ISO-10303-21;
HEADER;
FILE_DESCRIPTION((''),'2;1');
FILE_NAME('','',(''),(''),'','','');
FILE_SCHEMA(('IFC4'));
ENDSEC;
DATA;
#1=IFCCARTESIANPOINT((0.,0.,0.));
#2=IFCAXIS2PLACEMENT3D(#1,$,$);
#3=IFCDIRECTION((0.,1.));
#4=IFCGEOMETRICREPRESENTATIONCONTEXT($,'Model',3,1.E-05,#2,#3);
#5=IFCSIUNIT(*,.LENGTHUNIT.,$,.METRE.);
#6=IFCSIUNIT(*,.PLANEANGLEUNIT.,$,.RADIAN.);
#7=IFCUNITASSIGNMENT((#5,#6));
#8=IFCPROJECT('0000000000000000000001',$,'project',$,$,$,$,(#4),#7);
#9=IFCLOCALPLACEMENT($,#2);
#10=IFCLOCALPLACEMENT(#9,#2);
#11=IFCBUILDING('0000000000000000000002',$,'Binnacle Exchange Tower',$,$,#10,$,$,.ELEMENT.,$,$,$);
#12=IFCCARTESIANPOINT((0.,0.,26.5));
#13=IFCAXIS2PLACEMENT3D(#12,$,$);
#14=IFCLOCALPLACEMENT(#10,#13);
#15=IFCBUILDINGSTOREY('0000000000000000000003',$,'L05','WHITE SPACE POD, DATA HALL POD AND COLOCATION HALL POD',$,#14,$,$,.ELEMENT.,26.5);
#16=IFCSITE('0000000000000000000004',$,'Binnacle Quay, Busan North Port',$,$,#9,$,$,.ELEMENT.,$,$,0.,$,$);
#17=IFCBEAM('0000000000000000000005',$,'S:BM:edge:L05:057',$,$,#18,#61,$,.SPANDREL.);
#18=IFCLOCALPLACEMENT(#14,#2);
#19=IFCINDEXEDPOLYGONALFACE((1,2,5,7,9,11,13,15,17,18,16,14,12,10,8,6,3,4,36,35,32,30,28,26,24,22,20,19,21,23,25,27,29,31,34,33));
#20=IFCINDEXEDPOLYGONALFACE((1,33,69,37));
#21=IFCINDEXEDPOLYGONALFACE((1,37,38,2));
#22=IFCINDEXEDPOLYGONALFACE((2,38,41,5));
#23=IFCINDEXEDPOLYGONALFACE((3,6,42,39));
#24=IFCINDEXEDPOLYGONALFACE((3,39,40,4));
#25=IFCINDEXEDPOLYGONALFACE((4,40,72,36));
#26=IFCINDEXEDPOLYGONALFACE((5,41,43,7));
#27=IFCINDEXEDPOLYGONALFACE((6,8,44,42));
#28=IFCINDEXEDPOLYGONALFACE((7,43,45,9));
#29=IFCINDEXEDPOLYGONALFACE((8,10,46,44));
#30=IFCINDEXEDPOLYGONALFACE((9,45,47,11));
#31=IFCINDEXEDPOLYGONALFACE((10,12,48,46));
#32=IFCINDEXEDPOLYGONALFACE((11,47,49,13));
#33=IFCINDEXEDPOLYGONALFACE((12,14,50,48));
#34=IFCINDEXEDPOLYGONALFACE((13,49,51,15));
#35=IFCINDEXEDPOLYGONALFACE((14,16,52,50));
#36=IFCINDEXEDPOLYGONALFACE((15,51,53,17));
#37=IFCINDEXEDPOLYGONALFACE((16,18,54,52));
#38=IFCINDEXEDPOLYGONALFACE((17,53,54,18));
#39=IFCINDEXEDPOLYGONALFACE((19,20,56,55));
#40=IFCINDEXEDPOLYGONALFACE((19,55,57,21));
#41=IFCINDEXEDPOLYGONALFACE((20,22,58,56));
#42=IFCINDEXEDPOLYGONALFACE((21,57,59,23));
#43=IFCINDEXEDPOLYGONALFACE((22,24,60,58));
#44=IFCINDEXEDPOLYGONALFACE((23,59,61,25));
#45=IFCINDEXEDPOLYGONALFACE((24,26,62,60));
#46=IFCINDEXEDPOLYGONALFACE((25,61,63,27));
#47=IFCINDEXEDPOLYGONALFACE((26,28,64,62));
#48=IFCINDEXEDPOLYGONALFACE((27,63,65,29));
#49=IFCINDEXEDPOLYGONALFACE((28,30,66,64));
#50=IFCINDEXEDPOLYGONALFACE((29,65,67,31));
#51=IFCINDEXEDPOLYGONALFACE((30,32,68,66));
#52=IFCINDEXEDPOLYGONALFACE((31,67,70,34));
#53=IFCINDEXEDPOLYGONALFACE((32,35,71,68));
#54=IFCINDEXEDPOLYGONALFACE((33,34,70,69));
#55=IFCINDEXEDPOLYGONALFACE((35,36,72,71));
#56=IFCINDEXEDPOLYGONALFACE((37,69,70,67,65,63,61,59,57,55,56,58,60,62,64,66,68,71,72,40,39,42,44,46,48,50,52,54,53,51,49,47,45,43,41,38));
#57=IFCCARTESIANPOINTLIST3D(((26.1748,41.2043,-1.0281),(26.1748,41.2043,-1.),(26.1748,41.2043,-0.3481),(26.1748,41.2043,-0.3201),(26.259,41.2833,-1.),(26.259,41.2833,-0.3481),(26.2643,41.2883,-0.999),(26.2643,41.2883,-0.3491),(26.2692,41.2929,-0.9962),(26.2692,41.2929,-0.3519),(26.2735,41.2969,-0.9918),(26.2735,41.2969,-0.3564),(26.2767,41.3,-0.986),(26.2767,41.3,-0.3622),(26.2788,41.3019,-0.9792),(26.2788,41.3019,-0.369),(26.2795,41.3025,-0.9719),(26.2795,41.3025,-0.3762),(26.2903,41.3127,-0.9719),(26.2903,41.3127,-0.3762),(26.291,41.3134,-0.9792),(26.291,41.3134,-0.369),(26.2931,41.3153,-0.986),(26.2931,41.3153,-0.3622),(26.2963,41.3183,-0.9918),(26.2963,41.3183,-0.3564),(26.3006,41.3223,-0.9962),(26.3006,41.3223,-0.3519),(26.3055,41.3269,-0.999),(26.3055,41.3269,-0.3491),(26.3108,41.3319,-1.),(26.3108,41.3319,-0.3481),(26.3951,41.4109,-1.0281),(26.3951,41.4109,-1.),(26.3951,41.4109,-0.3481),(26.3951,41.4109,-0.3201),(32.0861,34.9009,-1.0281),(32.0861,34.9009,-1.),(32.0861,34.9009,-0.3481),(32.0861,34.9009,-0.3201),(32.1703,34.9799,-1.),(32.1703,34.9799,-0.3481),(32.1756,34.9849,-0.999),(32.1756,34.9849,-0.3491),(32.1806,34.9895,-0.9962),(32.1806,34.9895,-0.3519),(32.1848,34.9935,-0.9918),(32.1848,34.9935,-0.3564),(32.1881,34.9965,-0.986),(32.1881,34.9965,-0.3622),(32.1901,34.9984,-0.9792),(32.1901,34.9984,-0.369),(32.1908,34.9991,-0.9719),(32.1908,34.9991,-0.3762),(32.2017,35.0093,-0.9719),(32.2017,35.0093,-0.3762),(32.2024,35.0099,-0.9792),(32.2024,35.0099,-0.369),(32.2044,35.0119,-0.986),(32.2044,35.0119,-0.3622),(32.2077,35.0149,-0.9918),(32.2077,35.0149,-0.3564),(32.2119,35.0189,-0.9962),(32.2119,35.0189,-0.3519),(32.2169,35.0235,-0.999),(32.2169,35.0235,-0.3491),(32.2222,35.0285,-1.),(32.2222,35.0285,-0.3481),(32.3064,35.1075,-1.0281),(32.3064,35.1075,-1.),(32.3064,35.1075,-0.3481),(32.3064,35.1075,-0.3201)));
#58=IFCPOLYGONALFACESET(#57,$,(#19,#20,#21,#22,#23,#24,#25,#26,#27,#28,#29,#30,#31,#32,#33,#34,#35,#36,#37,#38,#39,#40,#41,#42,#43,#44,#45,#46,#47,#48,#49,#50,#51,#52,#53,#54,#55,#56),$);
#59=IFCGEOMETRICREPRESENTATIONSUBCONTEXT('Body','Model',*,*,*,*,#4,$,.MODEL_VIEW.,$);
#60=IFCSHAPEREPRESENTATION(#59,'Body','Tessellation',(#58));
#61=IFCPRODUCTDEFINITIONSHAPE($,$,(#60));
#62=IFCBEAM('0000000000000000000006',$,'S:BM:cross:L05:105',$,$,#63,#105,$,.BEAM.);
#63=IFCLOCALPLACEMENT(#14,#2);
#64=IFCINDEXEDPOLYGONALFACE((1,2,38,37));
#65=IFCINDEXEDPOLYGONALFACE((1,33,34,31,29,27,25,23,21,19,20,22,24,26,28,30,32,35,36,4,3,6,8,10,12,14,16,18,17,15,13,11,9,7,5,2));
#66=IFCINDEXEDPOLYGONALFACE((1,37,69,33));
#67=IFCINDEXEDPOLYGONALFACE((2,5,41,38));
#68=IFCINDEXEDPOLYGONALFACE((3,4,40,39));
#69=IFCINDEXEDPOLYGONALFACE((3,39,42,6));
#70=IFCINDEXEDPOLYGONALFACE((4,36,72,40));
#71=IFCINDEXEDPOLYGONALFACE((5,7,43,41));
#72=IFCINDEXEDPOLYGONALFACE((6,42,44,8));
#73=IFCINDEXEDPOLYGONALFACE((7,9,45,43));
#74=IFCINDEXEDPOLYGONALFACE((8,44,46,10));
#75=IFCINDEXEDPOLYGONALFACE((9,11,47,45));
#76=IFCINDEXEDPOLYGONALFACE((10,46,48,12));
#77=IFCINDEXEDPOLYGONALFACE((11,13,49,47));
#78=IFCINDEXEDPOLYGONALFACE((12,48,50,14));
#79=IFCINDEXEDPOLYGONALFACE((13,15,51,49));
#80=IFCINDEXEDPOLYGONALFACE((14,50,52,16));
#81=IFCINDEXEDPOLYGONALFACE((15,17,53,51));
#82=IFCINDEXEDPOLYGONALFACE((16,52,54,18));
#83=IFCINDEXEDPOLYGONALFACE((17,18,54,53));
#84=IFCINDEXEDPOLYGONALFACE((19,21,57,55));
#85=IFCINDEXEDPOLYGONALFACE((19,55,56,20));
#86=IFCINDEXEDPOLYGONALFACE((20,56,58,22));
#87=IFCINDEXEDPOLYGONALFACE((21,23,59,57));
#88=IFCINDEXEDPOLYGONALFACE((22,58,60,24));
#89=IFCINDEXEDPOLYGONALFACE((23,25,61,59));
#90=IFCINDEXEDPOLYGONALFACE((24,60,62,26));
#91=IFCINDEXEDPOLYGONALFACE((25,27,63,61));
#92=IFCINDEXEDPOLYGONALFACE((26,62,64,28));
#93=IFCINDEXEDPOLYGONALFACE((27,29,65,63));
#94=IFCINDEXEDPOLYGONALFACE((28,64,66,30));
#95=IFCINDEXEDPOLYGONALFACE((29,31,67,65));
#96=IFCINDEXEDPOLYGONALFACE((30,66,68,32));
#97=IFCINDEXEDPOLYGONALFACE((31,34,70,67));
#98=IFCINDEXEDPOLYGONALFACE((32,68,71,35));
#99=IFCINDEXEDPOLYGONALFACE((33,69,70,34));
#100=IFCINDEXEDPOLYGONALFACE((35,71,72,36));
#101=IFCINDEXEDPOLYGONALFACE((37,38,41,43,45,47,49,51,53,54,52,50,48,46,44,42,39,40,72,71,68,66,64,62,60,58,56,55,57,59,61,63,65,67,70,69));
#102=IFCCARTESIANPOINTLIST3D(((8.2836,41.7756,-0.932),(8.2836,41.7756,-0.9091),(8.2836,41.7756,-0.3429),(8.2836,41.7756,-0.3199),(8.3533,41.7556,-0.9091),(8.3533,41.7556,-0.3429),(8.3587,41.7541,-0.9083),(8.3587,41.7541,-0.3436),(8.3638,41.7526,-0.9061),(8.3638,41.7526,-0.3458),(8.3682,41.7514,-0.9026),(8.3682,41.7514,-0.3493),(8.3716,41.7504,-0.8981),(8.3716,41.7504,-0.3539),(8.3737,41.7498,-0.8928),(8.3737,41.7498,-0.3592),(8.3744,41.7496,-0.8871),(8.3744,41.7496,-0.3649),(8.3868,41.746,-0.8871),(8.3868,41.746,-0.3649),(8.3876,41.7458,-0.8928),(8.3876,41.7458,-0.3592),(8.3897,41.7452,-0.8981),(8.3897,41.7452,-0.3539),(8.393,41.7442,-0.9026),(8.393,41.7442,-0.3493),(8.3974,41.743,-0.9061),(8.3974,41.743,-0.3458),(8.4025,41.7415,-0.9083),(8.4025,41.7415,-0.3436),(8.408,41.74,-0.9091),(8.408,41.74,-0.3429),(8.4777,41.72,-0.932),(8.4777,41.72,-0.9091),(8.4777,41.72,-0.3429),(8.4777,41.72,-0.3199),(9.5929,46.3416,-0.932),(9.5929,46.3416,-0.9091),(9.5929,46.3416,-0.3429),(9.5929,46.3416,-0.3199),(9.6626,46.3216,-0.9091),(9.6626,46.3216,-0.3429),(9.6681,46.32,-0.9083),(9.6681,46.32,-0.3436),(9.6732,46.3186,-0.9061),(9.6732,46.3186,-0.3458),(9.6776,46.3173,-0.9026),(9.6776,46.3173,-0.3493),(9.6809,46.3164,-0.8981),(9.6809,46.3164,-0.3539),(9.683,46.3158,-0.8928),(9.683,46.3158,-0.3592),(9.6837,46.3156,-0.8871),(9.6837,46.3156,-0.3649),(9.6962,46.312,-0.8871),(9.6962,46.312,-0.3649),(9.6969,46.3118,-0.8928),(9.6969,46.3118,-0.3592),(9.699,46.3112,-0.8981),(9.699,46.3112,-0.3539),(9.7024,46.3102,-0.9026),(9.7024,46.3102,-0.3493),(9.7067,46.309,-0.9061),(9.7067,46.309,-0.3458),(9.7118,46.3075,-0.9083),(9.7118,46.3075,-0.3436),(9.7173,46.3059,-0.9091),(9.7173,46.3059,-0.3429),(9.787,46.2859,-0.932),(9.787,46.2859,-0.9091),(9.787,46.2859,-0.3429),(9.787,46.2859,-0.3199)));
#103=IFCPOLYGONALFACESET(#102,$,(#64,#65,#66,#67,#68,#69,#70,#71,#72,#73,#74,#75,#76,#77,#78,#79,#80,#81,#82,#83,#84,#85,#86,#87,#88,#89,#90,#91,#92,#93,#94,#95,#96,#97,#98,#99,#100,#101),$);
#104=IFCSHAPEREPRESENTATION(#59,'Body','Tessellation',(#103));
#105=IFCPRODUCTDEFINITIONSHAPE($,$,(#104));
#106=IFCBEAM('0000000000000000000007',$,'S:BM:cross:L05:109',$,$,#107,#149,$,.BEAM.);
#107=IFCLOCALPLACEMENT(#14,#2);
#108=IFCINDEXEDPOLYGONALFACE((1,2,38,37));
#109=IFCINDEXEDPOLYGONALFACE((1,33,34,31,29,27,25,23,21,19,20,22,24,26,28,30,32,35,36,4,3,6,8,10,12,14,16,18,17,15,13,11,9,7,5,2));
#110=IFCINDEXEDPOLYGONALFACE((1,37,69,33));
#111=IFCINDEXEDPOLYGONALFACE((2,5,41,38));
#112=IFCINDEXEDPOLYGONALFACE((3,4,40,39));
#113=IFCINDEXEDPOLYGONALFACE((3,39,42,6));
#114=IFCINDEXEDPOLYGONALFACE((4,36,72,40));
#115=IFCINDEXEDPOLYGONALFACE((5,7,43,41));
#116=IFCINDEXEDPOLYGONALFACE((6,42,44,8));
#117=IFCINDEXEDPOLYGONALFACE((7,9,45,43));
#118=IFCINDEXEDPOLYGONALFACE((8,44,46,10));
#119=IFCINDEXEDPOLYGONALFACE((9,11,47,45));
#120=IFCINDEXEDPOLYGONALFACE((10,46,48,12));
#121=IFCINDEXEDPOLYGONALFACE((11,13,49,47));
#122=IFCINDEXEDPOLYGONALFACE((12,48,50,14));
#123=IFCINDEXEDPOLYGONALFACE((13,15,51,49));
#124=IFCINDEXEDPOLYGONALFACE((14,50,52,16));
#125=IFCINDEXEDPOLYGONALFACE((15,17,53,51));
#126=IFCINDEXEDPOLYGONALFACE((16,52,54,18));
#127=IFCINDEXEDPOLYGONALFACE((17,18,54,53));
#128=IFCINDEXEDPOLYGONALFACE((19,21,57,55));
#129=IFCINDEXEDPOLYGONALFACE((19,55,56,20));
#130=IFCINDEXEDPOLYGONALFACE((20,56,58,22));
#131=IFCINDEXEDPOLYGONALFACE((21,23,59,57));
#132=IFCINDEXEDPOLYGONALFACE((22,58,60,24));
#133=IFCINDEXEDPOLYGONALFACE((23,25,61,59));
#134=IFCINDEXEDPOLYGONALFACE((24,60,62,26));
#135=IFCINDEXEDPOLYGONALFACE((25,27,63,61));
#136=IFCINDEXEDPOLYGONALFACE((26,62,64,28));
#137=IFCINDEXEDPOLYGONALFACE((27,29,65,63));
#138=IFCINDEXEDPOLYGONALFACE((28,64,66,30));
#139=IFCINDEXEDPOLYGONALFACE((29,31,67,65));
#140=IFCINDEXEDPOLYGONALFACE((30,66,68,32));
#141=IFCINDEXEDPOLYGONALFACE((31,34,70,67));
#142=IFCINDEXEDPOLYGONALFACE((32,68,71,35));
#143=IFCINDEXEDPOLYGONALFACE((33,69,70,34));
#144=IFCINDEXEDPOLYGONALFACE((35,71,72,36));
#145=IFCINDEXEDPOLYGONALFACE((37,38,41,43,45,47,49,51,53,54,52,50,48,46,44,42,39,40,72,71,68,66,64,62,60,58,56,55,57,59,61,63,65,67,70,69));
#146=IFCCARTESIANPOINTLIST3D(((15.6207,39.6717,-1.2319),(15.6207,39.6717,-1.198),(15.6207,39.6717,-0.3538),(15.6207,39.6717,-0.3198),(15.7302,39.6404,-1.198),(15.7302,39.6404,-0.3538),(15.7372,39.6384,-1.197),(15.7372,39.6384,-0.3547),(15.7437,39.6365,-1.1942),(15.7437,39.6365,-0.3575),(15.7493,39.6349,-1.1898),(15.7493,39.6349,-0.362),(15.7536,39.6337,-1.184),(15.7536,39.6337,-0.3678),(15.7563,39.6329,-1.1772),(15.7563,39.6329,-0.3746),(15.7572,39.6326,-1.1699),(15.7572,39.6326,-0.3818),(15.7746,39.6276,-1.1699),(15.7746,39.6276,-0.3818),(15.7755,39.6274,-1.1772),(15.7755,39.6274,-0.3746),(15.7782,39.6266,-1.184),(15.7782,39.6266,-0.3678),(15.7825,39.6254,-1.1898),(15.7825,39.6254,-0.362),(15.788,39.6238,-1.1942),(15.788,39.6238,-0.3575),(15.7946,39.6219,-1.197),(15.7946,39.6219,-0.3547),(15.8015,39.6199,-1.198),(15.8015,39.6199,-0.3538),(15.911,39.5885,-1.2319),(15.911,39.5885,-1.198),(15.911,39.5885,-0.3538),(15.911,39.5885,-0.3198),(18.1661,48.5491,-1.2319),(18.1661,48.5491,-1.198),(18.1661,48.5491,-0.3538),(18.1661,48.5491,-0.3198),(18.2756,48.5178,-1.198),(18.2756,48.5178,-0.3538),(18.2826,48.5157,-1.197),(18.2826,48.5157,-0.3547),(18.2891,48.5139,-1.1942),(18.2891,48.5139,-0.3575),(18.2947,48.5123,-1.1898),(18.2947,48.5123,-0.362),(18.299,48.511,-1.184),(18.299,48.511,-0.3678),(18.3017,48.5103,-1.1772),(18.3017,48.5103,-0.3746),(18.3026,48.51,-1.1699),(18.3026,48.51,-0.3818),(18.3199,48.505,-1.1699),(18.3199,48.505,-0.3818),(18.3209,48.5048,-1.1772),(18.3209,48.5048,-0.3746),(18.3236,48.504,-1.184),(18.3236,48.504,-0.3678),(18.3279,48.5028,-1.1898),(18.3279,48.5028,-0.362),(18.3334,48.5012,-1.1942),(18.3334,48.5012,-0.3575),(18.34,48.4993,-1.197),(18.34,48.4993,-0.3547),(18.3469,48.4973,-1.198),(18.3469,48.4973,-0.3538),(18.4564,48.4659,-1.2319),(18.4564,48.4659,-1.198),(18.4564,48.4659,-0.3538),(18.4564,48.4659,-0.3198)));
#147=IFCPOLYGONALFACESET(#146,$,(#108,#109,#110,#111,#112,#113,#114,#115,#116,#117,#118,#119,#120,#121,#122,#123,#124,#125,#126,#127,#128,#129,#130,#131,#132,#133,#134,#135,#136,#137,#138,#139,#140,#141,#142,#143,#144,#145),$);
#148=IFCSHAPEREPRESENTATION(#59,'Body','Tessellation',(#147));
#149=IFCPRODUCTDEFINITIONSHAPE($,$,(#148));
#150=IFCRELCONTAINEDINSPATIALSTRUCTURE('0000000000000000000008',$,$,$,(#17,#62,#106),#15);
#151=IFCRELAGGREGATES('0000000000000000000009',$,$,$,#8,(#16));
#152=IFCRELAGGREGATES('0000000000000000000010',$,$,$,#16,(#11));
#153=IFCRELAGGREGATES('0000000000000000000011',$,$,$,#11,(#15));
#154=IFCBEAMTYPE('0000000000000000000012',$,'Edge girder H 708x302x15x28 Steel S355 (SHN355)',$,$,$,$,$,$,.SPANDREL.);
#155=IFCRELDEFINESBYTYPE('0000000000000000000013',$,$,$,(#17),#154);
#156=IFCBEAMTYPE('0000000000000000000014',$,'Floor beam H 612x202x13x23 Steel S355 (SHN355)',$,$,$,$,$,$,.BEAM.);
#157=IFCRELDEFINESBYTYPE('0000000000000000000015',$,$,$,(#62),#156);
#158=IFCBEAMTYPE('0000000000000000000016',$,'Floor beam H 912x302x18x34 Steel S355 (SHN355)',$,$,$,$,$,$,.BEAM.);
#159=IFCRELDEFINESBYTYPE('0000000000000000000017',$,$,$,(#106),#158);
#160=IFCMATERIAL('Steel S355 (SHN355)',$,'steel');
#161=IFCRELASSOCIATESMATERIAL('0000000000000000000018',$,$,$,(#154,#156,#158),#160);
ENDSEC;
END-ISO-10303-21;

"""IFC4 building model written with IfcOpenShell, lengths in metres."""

from ifc_helpers import new_model, si_unit, direction, frame, origin, origin_2d, place, context, subcontext, project, spatial, i_section, extrude, material, material_profile, profile_set, type_object, element, save


model = new_model("IFC4")

# Units and contexts
model_context = context("Model", 3, precision=1e-05, world=origin(), true_north=direction((0.0, 1.0)))
body_context = subcontext(model_context, "Body", "Model", "MODEL_VIEW")
ifc_project = project(units=[si_unit("LENGTHUNIT", "METRE"), si_unit("PLANEANGLEUNIT", "RADIAN")], contexts=[model_context])

# Site, building, storey
site_placement = place(None, origin())
site = spatial("IfcSite", under=ifc_project, at=site_placement, Name="Binnacle Quay, Busan North Port", CompositionType="ELEMENT", RefElevation=0.0)
building_placement = place(site_placement, origin())
building = spatial("IfcBuilding", under=site, at=building_placement, Name="Binnacle Exchange Tower", CompositionType="ELEMENT")
storey_placement = place(building_placement, frame((0.0, 0.0, 26.5)))
storey = spatial("IfcBuildingStorey", under=building, at=storey_placement, Name="L05", Description="WHITE SPACE POD, DATA HALL POD AND COLOCATION HALL POD", CompositionType="ELEMENT", Elevation=26.5)

# Beams
ifc_material_1 = material(Name="Steel S355 (SHN355)", Category="steel")
ifc_material_profile_1 = material_profile(ifc_material_1, i_section(OverallWidth=0.302, OverallDepth=0.708, WebThickness=0.0149, FlangeThickness=0.0281, FilletRadius=0.0281, at=origin_2d()), Name="H 708x302x15x28")
ifc_profile_set_1 = profile_set([ifc_material_profile_1], Name="Steel S355 (SHN355)")
beam_type_1 = type_object("IfcBeamType", Name="Edge girder H 708x302x15x28 Steel S355 (SHN355)", PredefinedType="SPANDREL", material=ifc_profile_set_1)
beam_1_placement = place(storey_placement, frame((26.2849, 41.3076, -0.6741), z_axis=(0.684057, -0.729429, 0.0), x_axis=(0.729429, 0.684057, 0.0)))
element("IfcBeam", 1, at=beam_1_placement, inside=storey, type_object=beam_type_1, Name="S:BM:edge:L05:057", PredefinedType="SPANDREL", context=body_context, shape_type="SweptSolid", body=[
    extrude(i_section(OverallWidth=0.302, OverallDepth=0.708, WebThickness=0.0149, FlangeThickness=0.0281, FilletRadius=0.0281, at=origin_2d()), origin(), (0.0, 0.0, 1.0), 8.6416),
])
ifc_material_profile_2 = material_profile(ifc_material_1, i_section(OverallWidth=0.2019, OverallDepth=0.6121, WebThickness=0.0129, FlangeThickness=0.0229, FilletRadius=0.022, at=origin_2d()), Name="H 612x202x13x23")
ifc_profile_set_2 = profile_set([ifc_material_profile_2], Name="Steel S355 (SHN355)")
beam_type_2 = type_object("IfcBeamType", Name="Floor beam H 612x202x13x23 Steel S355 (SHN355)", PredefinedType="BEAM", material=ifc_profile_set_2)
beam_2_placement = place(storey_placement, frame((8.3806, 41.7478, -0.626), z_axis=(0.275651, 0.961258, 0.0), x_axis=(-0.961258, 0.275651, 0.0)))
element("IfcBeam", 2, at=beam_2_placement, inside=storey, type_object=beam_type_2, Name="S:BM:cross:L05:105", PredefinedType="BEAM", context=body_context, shape_type="SweptSolid", body=[
    extrude(i_section(OverallWidth=0.2019, OverallDepth=0.6121, WebThickness=0.0129, FlangeThickness=0.0229, FilletRadius=0.022, at=origin_2d()), origin(), (0.0, 0.0, 1.0), 4.75),
])
ifc_material_profile_3 = material_profile(ifc_material_1, i_section(OverallWidth=0.302, OverallDepth=0.9121, WebThickness=0.0181, FlangeThickness=0.0339, FilletRadius=0.0281, at=origin_2d()), Name="H 912x302x18x34")
ifc_profile_set_3 = profile_set([ifc_material_profile_3], Name="Steel S355 (SHN355)")
beam_type_3 = type_object("IfcBeamType", Name="Floor beam H 912x302x18x34 Steel S355 (SHN355)", PredefinedType="BEAM", material=ifc_profile_set_3)
beam_3_placement = place(storey_placement, frame((15.7659, 39.6301, -0.7759), z_axis=(0.275622, 0.961266, 0.0), x_axis=(-0.961266, 0.275622, 0.0)))
element("IfcBeam", 3, at=beam_3_placement, inside=storey, type_object=beam_type_3, Name="S:BM:cross:L05:109", PredefinedType="BEAM", context=body_context, shape_type="SweptSolid", body=[
    extrude(i_section(OverallWidth=0.302, OverallDepth=0.9121, WebThickness=0.0181, FlangeThickness=0.0339, FilletRadius=0.0281, at=origin_2d()), origin(), (0.0, 0.0, 1.0), 9.2351),
])

save(model, "model.ifc")
